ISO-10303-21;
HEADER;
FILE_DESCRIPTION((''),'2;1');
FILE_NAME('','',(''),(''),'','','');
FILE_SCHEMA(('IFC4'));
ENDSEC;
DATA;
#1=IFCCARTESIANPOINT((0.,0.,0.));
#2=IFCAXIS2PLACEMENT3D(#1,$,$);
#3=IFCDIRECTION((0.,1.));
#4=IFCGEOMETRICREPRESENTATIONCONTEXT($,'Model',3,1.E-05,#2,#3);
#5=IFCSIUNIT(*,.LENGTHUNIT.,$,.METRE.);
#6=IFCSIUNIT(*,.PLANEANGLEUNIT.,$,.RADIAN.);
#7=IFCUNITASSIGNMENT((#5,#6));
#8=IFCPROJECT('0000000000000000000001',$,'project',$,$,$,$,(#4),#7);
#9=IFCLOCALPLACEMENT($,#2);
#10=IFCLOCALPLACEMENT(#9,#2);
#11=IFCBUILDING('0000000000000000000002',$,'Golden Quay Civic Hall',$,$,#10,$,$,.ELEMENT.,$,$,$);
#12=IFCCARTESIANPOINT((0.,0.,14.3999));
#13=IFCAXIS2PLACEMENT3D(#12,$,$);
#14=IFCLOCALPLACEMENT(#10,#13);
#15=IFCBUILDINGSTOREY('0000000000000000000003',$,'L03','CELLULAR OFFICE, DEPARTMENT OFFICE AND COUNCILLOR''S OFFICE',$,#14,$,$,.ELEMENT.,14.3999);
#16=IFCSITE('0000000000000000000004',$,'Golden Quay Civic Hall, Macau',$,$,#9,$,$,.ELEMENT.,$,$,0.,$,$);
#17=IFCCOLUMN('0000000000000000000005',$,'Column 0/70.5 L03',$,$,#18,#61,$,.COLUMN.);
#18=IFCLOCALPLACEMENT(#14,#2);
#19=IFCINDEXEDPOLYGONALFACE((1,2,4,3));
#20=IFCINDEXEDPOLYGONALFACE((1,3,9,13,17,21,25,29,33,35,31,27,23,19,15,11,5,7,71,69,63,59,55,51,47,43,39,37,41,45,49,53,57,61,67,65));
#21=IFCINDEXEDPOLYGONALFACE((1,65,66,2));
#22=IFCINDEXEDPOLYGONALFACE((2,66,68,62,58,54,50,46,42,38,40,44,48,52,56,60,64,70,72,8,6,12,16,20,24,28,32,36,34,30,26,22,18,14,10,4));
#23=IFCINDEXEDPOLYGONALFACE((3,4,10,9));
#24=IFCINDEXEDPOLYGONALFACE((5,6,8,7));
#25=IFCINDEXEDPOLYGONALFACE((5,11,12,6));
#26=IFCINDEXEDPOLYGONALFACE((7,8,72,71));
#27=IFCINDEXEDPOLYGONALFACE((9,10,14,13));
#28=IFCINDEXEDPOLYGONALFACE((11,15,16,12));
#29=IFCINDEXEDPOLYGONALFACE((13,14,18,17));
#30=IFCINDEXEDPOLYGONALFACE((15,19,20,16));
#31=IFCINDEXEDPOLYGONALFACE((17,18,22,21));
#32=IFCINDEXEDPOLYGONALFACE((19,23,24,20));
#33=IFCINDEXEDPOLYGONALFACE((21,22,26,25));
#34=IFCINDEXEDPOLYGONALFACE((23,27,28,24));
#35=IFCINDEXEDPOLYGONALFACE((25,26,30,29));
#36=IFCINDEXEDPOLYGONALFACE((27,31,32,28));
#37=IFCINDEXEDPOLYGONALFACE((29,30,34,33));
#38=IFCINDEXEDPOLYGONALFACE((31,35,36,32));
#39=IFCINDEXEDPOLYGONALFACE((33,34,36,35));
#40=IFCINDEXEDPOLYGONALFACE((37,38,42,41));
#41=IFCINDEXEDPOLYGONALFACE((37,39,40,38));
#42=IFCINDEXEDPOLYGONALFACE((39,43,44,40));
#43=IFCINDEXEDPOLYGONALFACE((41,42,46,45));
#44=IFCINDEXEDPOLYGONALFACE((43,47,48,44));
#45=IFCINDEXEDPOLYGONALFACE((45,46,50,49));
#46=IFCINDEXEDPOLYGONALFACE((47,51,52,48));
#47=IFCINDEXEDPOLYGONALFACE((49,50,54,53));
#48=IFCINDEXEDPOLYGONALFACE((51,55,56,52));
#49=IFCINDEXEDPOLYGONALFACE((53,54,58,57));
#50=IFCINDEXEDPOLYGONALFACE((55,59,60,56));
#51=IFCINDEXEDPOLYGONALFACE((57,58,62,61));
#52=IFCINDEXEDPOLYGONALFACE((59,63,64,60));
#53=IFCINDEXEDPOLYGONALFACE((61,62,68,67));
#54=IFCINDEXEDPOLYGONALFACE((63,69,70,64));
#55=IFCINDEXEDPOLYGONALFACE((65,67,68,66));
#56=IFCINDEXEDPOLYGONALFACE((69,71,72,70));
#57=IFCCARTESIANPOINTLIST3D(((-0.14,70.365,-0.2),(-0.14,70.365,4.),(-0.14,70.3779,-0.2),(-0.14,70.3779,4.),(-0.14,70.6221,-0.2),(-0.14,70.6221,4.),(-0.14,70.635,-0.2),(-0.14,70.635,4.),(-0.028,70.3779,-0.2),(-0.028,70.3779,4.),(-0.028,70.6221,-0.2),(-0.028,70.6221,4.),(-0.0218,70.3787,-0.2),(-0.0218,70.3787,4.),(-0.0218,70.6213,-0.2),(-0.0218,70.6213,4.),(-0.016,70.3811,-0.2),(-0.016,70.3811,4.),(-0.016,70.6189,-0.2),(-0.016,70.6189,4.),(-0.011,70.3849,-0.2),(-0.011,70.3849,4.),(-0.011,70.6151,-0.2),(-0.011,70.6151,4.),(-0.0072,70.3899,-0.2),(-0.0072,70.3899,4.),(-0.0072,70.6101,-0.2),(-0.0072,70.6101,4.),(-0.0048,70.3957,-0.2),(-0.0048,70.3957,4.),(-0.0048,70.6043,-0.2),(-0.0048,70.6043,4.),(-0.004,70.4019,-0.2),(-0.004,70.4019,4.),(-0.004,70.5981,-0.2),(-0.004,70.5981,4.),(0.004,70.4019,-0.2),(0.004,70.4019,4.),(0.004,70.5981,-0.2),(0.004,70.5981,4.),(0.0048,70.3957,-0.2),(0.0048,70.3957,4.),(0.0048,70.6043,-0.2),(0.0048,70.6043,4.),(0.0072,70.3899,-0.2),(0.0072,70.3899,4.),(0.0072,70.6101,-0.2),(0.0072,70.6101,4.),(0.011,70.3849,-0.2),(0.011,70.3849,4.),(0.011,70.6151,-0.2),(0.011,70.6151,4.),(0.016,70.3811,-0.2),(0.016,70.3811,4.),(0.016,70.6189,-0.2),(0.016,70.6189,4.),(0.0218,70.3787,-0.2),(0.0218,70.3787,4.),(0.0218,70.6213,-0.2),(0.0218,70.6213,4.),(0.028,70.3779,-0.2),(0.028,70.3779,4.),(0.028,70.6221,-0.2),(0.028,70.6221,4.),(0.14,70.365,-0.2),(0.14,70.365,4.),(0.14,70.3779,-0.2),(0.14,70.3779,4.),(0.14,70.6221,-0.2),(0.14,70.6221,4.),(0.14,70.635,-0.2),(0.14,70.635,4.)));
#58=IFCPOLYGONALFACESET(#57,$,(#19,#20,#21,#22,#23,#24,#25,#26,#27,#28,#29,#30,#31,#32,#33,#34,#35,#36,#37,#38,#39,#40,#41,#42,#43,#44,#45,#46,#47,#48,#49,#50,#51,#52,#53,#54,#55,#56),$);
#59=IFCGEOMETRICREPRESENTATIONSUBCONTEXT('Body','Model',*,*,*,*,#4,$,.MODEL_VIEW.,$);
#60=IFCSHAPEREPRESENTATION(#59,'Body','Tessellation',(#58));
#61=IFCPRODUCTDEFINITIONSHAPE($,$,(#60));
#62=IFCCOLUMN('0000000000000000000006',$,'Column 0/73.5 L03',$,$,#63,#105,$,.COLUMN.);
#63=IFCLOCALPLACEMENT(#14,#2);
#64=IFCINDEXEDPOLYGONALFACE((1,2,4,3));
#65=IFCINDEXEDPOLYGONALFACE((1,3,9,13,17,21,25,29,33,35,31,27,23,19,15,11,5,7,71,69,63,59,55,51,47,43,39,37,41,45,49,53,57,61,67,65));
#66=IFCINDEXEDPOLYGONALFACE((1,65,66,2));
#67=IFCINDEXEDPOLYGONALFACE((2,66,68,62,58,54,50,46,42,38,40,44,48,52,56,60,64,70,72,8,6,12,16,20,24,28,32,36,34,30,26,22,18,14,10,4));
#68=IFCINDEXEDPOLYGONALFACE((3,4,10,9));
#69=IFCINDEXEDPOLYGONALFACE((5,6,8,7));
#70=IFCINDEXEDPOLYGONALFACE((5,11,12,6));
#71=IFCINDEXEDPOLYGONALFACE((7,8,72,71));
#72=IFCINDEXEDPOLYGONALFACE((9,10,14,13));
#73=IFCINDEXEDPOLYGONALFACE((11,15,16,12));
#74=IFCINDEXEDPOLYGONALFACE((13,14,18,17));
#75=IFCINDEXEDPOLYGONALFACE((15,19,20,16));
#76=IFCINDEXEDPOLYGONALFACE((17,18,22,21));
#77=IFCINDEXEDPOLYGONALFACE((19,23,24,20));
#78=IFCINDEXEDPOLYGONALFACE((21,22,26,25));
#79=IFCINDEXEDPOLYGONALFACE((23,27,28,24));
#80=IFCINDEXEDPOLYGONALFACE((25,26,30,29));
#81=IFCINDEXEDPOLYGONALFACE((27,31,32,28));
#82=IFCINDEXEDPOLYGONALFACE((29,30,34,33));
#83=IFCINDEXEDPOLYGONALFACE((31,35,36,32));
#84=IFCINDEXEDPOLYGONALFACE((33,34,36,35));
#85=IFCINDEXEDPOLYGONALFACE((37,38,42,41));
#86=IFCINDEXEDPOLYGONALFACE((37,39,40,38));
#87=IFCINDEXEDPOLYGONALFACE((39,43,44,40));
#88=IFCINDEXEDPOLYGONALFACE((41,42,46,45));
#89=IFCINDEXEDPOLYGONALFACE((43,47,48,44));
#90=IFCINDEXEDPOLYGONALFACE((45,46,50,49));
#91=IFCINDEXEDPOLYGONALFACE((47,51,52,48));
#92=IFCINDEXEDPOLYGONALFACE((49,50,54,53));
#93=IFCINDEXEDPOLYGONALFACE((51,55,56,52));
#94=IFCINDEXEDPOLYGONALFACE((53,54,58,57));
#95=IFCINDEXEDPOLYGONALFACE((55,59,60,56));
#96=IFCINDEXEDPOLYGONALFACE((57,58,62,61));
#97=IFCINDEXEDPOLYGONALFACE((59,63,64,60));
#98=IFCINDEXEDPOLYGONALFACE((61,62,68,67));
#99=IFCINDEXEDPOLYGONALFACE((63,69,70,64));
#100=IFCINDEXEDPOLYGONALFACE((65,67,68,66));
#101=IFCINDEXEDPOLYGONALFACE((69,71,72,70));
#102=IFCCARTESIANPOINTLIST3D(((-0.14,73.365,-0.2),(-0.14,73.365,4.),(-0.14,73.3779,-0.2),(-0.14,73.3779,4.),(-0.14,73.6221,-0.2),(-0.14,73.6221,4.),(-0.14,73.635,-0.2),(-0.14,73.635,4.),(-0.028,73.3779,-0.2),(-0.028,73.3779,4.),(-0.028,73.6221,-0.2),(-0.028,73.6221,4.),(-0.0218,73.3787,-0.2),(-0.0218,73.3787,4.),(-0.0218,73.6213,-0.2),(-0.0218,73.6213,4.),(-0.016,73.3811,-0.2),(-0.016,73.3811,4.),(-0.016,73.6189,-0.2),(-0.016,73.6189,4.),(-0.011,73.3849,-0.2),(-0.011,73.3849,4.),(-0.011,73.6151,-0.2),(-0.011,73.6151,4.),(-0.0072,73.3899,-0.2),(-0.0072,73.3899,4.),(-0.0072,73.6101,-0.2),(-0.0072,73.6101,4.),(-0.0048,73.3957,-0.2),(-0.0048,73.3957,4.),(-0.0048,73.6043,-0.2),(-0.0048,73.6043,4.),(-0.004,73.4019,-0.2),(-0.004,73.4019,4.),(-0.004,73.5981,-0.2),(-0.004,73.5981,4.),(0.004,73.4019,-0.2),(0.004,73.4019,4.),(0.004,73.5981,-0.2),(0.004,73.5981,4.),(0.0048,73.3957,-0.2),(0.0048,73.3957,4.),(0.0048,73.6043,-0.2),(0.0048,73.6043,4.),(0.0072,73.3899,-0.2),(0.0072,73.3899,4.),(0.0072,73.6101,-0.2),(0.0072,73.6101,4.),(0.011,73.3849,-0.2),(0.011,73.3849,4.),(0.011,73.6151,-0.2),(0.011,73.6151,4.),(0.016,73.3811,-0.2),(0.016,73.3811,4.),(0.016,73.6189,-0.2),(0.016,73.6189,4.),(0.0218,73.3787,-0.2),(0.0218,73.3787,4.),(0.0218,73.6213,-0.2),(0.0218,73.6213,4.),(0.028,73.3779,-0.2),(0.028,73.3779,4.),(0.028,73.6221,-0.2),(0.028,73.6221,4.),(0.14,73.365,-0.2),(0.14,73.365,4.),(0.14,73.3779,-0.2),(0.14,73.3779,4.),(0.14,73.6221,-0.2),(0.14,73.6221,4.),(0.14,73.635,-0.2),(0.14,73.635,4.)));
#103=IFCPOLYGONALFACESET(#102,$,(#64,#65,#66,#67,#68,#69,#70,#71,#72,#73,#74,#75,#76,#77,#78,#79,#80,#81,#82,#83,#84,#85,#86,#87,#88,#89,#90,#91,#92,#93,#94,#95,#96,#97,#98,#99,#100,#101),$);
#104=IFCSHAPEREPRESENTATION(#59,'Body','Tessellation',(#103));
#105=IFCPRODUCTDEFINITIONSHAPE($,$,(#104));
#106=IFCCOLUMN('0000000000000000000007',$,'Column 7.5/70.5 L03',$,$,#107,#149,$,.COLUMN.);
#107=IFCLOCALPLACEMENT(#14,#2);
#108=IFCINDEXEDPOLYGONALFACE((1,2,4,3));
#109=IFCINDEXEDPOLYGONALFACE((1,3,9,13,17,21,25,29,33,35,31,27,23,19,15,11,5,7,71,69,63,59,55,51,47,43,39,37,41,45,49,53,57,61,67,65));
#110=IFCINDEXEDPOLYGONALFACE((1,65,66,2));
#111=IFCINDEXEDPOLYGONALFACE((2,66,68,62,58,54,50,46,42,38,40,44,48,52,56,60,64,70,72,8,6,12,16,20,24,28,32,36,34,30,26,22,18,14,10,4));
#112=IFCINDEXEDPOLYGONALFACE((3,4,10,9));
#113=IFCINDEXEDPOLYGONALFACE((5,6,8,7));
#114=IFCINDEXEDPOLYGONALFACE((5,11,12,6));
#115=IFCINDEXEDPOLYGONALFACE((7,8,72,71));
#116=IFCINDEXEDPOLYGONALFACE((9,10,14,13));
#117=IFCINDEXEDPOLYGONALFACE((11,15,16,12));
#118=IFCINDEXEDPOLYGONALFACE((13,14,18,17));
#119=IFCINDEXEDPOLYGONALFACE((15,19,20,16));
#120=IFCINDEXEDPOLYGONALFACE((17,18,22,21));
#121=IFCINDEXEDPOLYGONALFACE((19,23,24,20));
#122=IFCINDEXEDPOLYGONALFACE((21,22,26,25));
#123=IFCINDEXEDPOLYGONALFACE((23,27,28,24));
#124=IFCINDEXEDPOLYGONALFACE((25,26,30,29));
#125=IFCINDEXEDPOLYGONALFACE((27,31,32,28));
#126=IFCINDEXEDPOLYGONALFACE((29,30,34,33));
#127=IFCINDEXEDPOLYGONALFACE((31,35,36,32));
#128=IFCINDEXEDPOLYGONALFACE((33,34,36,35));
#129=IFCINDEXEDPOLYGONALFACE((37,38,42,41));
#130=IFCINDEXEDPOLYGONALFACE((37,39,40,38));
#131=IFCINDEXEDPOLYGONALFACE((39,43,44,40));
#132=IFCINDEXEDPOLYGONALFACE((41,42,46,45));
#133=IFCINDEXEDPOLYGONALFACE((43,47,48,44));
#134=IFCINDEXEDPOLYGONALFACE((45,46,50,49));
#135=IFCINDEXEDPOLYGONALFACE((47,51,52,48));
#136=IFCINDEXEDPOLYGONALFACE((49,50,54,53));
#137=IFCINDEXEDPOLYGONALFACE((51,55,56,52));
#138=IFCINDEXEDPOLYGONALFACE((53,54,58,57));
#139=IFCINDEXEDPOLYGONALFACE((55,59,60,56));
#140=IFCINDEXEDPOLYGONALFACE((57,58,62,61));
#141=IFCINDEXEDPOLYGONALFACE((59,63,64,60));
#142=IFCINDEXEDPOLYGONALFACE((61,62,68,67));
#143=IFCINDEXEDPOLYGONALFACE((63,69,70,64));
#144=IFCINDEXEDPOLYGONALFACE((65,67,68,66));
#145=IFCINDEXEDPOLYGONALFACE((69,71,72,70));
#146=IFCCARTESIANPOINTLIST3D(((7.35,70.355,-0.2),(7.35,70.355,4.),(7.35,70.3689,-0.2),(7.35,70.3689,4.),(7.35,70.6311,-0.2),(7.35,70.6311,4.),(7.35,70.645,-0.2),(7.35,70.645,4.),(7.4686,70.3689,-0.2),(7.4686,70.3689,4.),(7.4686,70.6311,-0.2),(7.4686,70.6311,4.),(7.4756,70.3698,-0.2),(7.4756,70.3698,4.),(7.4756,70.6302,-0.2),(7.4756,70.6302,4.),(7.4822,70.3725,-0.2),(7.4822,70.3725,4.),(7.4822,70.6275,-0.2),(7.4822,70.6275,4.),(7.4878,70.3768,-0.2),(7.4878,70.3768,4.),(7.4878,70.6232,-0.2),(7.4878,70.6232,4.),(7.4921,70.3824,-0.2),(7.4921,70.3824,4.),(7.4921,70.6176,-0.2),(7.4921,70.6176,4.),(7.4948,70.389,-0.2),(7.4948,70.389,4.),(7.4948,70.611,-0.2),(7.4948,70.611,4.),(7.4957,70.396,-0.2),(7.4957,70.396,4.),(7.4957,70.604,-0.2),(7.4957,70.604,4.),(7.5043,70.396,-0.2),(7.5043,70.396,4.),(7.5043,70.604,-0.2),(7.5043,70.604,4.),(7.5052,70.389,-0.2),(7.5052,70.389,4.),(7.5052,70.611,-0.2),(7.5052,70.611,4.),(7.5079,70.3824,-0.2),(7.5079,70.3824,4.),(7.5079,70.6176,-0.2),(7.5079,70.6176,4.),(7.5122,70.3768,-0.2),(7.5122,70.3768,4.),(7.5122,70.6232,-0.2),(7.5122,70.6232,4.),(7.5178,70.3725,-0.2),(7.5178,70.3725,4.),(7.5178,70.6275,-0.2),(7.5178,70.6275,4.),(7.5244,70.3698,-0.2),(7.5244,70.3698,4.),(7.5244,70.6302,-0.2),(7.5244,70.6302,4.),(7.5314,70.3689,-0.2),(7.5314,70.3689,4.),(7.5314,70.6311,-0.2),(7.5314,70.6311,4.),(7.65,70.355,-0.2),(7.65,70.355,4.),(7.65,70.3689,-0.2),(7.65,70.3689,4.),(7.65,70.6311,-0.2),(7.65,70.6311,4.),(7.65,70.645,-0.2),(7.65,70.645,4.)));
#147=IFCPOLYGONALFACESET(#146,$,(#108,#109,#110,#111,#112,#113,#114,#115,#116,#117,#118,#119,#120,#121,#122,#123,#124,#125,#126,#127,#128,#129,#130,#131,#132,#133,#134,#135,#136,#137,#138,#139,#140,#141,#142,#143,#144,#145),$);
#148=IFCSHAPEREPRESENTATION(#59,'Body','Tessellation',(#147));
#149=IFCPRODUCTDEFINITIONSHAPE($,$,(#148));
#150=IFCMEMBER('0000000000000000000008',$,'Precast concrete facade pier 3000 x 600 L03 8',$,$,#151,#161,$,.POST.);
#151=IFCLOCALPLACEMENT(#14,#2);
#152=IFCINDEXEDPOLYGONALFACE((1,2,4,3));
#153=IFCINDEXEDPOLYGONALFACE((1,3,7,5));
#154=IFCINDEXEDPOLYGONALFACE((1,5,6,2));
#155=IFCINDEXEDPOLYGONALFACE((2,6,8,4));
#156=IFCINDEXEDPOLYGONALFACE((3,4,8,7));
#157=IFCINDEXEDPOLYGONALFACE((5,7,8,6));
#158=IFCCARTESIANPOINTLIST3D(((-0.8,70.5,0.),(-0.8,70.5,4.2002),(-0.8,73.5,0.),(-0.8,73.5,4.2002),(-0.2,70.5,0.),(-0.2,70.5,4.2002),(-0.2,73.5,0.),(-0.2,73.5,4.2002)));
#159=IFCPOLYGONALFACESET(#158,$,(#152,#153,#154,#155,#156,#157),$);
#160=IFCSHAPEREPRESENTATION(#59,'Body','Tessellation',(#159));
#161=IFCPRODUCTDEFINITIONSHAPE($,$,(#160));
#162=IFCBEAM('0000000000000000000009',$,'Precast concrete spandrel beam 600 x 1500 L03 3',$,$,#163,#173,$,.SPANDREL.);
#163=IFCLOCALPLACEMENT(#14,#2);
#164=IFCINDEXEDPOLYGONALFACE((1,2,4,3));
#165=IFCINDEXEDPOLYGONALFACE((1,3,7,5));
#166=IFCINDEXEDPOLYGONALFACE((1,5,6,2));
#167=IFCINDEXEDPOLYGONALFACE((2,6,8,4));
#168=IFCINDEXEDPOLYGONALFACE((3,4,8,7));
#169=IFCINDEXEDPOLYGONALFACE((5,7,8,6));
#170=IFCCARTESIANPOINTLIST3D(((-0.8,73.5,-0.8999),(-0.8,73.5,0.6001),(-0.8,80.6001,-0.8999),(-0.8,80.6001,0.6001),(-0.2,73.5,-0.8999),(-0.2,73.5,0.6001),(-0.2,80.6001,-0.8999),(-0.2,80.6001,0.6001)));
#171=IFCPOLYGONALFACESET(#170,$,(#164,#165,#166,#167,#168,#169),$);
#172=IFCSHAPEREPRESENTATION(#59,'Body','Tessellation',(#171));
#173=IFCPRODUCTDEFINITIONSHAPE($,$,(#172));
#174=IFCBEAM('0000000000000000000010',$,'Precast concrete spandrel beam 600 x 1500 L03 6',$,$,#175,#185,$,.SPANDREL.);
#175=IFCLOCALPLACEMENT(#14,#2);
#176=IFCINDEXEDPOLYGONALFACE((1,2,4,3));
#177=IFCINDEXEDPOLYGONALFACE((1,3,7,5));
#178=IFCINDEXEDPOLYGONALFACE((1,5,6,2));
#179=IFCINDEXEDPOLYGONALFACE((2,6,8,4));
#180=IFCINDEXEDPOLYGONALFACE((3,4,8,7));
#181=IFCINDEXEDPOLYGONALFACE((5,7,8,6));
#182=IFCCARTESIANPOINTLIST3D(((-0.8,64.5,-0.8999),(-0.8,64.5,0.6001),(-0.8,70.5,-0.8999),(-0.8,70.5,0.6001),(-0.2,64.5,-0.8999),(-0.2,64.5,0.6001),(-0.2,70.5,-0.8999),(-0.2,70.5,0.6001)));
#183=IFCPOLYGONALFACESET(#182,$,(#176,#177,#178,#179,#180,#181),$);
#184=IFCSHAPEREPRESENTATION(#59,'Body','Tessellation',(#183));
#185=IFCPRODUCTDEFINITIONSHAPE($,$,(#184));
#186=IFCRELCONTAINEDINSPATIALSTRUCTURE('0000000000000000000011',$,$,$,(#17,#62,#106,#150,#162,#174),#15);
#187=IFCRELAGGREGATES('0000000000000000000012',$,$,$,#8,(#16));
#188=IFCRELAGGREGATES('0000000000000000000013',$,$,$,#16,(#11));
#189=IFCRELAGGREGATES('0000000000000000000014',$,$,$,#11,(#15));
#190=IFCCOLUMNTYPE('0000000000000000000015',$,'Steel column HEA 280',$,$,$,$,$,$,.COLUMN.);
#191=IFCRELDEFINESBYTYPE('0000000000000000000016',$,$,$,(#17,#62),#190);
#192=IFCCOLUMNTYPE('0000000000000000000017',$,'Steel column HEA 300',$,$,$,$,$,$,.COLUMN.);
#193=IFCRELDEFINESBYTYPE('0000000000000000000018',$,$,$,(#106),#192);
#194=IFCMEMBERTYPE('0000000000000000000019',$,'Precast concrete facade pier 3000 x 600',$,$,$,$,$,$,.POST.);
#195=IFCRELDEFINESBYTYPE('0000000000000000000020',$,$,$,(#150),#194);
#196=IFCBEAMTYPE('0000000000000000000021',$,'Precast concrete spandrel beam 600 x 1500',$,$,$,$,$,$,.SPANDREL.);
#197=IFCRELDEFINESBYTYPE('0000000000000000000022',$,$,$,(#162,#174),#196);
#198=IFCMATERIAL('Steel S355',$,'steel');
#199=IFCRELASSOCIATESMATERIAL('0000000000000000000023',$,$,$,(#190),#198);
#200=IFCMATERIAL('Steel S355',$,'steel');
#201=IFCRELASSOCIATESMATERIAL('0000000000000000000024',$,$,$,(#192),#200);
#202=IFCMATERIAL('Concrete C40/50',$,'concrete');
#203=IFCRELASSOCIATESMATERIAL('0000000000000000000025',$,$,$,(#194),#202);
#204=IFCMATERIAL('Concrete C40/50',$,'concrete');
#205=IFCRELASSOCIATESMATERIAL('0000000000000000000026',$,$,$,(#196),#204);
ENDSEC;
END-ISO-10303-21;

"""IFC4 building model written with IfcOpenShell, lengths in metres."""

from ifc_helpers import new_model, si_unit, direction, frame, origin, origin_2d, place, context, subcontext, project, spatial, rectangle, i_section, extrude, material, material_profile, profile_set, type_object, element, save


model = new_model("IFC4")

# Units and contexts
model_context = context("Model", 3, precision=1e-05, world=origin(), true_north=direction((0.0, 1.0)))
body_context = subcontext(model_context, "Body", "Model", "MODEL_VIEW")
ifc_project = project(units=[si_unit("LENGTHUNIT", "METRE"), si_unit("PLANEANGLEUNIT", "RADIAN")], contexts=[model_context])

# Site, building, storey
site_placement = place(None, origin())
site = spatial("IfcSite", under=ifc_project, at=site_placement, Name="Golden Quay Civic Hall, Macau", CompositionType="ELEMENT", RefElevation=0.0)
building_placement = place(site_placement, origin())
building = spatial("IfcBuilding", under=site, at=building_placement, Name="Golden Quay Civic Hall", CompositionType="ELEMENT")
storey_placement = place(building_placement, frame((0.0, 0.0, 14.3999)))
storey = spatial("IfcBuildingStorey", under=building, at=storey_placement, Name="L03", Description="CELLULAR OFFICE, DEPARTMENT OFFICE AND COUNCILLOR'S OFFICE", CompositionType="ELEMENT", Elevation=14.3999)

# Columns
ifc_material_1 = material(Name="Steel S355", Category="steel")
ifc_material_profile_1 = material_profile(ifc_material_1, i_section(OverallWidth=0.28, OverallDepth=0.27, WebThickness=0.0081, FlangeThickness=0.0129, FilletRadius=0.0239, at=origin_2d()), Name="HEA 280")
ifc_profile_set_1 = profile_set([ifc_material_profile_1], Name="Steel S355")
column_type_1 = type_object("IfcColumnType", Name="Steel column HEA 280", PredefinedType="COLUMN", material=ifc_profile_set_1)
for number, where, z_axis, x_axis, name in (
    (1, (0.0, 70.5, -0.2), (0.0, 0.0, 1.0), (1.0, 0.0, 0.0), "Column 0/70.5 L03"),
    (2, (0.0, 73.5, -0.2), (0.0, 0.0, 1.0), (1.0, 0.0, 0.0), "Column 0/73.5 L03"),
):
    element("IfcColumn", number, at=place(storey_placement, frame(where, z_axis=z_axis, x_axis=x_axis)), inside=storey, type_object=column_type_1, Name=name, PredefinedType="COLUMN", context=body_context, shape_type="SweptSolid", body=[
        extrude(i_section(OverallWidth=0.28, OverallDepth=0.27, WebThickness=0.0081, FlangeThickness=0.0129, FilletRadius=0.0239, at=origin_2d()), origin(), (0.0, 0.0, 1.0), 4.2),
    ])
ifc_material_2 = material(Name="Steel S355", Category="steel")
ifc_material_profile_2 = material_profile(ifc_material_2, i_section(OverallWidth=0.3, OverallDepth=0.29, WebThickness=0.0085, FlangeThickness=0.0139, FilletRadius=0.0271, at=origin_2d()), Name="HEA 300")
ifc_profile_set_2 = profile_set([ifc_material_profile_2], Name="Steel S355")
column_type_2 = type_object("IfcColumnType", Name="Steel column HEA 300", PredefinedType="COLUMN", material=ifc_profile_set_2)
column_placement = place(storey_placement, frame((7.5, 70.5, -0.2), z_axis=(0.0, 0.0, 1.0), x_axis=(1.0, 0.0, 0.0)))
element("IfcColumn", 3, at=column_placement, inside=storey, type_object=column_type_2, Name="Column 7.5/70.5 L03", PredefinedType="COLUMN", context=body_context, shape_type="SweptSolid", body=[
    extrude(i_section(OverallWidth=0.3, OverallDepth=0.29, WebThickness=0.0085, FlangeThickness=0.0139, FilletRadius=0.0271, at=origin_2d()), origin(), (0.0, 0.0, 1.0), 4.2),
])

# Member
ifc_material_3 = material(Name="Concrete C40/50", Category="concrete")
ifc_material_profile_3 = material_profile(ifc_material_3, rectangle(XDim=3.0, YDim=0.6001, at=origin_2d()), Name="RC 3000x600")
ifc_profile_set_3 = profile_set([ifc_material_profile_3], Name="Concrete C40/50")
member_type = type_object("IfcMemberType", Name="Precast concrete facade pier 3000 x 600", PredefinedType="POST", material=ifc_profile_set_3)
member_placement = place(storey_placement, frame((-0.5, 72.0, 0.0), z_axis=(0.0, 0.0, 1.0), x_axis=(0.0, 1.0, 0.0)))
element("IfcMember", 4, at=member_placement, inside=storey, type_object=member_type, Name="Precast concrete facade pier 3000 x 600 L03 8", PredefinedType="POST", context=body_context, shape_type="SweptSolid", body=[
    extrude(rectangle(XDim=3.0, YDim=0.6001, at=origin_2d()), origin(), (0.0, 0.0, 1.0), 4.2002),
])

# Beams
ifc_material_4 = material(Name="Concrete C40/50", Category="concrete")
ifc_material_profile_4 = material_profile(ifc_material_4, rectangle(XDim=0.6001, YDim=1.5, at=origin_2d()), Name="RC 600x1500")
ifc_profile_set_4 = profile_set([ifc_material_profile_4], Name="Concrete C40/50")
beam_type_1 = type_object("IfcBeamType", Name="Precast concrete spandrel beam 600 x 1500", PredefinedType="SPANDREL", material=ifc_profile_set_4)
beam_1_placement = place(storey_placement, frame((-0.5, 73.5, -0.1499), z_axis=(0.0, 1.0, 0.0), x_axis=(-1.0, 0.0, 0.0)))
element("IfcBeam", 5, at=beam_1_placement, inside=storey, type_object=beam_type_1, Name="Precast concrete spandrel beam 600 x 1500 L03 3", PredefinedType="SPANDREL", context=body_context, shape_type="SweptSolid", body=[
    extrude(rectangle(XDim=0.6001, YDim=1.5, at=origin_2d()), origin(), (0.0, 0.0, 1.0), 7.1001),
])
beam_2_placement = place(storey_placement, frame((-0.5, 64.5, -0.1499), z_axis=(0.0, 1.0, 0.0), x_axis=(-1.0, 0.0, 0.0)))
element("IfcBeam", 6, at=beam_2_placement, inside=storey, type_object=beam_type_1, Name="Precast concrete spandrel beam 600 x 1500 L03 6", PredefinedType="SPANDREL", context=body_context, shape_type="SweptSolid", body=[
    extrude(rectangle(XDim=0.6001, YDim=1.5, at=origin_2d()), origin(), (0.0, 0.0, 1.0), 6.0),
])

save(model, "model.ifc")
